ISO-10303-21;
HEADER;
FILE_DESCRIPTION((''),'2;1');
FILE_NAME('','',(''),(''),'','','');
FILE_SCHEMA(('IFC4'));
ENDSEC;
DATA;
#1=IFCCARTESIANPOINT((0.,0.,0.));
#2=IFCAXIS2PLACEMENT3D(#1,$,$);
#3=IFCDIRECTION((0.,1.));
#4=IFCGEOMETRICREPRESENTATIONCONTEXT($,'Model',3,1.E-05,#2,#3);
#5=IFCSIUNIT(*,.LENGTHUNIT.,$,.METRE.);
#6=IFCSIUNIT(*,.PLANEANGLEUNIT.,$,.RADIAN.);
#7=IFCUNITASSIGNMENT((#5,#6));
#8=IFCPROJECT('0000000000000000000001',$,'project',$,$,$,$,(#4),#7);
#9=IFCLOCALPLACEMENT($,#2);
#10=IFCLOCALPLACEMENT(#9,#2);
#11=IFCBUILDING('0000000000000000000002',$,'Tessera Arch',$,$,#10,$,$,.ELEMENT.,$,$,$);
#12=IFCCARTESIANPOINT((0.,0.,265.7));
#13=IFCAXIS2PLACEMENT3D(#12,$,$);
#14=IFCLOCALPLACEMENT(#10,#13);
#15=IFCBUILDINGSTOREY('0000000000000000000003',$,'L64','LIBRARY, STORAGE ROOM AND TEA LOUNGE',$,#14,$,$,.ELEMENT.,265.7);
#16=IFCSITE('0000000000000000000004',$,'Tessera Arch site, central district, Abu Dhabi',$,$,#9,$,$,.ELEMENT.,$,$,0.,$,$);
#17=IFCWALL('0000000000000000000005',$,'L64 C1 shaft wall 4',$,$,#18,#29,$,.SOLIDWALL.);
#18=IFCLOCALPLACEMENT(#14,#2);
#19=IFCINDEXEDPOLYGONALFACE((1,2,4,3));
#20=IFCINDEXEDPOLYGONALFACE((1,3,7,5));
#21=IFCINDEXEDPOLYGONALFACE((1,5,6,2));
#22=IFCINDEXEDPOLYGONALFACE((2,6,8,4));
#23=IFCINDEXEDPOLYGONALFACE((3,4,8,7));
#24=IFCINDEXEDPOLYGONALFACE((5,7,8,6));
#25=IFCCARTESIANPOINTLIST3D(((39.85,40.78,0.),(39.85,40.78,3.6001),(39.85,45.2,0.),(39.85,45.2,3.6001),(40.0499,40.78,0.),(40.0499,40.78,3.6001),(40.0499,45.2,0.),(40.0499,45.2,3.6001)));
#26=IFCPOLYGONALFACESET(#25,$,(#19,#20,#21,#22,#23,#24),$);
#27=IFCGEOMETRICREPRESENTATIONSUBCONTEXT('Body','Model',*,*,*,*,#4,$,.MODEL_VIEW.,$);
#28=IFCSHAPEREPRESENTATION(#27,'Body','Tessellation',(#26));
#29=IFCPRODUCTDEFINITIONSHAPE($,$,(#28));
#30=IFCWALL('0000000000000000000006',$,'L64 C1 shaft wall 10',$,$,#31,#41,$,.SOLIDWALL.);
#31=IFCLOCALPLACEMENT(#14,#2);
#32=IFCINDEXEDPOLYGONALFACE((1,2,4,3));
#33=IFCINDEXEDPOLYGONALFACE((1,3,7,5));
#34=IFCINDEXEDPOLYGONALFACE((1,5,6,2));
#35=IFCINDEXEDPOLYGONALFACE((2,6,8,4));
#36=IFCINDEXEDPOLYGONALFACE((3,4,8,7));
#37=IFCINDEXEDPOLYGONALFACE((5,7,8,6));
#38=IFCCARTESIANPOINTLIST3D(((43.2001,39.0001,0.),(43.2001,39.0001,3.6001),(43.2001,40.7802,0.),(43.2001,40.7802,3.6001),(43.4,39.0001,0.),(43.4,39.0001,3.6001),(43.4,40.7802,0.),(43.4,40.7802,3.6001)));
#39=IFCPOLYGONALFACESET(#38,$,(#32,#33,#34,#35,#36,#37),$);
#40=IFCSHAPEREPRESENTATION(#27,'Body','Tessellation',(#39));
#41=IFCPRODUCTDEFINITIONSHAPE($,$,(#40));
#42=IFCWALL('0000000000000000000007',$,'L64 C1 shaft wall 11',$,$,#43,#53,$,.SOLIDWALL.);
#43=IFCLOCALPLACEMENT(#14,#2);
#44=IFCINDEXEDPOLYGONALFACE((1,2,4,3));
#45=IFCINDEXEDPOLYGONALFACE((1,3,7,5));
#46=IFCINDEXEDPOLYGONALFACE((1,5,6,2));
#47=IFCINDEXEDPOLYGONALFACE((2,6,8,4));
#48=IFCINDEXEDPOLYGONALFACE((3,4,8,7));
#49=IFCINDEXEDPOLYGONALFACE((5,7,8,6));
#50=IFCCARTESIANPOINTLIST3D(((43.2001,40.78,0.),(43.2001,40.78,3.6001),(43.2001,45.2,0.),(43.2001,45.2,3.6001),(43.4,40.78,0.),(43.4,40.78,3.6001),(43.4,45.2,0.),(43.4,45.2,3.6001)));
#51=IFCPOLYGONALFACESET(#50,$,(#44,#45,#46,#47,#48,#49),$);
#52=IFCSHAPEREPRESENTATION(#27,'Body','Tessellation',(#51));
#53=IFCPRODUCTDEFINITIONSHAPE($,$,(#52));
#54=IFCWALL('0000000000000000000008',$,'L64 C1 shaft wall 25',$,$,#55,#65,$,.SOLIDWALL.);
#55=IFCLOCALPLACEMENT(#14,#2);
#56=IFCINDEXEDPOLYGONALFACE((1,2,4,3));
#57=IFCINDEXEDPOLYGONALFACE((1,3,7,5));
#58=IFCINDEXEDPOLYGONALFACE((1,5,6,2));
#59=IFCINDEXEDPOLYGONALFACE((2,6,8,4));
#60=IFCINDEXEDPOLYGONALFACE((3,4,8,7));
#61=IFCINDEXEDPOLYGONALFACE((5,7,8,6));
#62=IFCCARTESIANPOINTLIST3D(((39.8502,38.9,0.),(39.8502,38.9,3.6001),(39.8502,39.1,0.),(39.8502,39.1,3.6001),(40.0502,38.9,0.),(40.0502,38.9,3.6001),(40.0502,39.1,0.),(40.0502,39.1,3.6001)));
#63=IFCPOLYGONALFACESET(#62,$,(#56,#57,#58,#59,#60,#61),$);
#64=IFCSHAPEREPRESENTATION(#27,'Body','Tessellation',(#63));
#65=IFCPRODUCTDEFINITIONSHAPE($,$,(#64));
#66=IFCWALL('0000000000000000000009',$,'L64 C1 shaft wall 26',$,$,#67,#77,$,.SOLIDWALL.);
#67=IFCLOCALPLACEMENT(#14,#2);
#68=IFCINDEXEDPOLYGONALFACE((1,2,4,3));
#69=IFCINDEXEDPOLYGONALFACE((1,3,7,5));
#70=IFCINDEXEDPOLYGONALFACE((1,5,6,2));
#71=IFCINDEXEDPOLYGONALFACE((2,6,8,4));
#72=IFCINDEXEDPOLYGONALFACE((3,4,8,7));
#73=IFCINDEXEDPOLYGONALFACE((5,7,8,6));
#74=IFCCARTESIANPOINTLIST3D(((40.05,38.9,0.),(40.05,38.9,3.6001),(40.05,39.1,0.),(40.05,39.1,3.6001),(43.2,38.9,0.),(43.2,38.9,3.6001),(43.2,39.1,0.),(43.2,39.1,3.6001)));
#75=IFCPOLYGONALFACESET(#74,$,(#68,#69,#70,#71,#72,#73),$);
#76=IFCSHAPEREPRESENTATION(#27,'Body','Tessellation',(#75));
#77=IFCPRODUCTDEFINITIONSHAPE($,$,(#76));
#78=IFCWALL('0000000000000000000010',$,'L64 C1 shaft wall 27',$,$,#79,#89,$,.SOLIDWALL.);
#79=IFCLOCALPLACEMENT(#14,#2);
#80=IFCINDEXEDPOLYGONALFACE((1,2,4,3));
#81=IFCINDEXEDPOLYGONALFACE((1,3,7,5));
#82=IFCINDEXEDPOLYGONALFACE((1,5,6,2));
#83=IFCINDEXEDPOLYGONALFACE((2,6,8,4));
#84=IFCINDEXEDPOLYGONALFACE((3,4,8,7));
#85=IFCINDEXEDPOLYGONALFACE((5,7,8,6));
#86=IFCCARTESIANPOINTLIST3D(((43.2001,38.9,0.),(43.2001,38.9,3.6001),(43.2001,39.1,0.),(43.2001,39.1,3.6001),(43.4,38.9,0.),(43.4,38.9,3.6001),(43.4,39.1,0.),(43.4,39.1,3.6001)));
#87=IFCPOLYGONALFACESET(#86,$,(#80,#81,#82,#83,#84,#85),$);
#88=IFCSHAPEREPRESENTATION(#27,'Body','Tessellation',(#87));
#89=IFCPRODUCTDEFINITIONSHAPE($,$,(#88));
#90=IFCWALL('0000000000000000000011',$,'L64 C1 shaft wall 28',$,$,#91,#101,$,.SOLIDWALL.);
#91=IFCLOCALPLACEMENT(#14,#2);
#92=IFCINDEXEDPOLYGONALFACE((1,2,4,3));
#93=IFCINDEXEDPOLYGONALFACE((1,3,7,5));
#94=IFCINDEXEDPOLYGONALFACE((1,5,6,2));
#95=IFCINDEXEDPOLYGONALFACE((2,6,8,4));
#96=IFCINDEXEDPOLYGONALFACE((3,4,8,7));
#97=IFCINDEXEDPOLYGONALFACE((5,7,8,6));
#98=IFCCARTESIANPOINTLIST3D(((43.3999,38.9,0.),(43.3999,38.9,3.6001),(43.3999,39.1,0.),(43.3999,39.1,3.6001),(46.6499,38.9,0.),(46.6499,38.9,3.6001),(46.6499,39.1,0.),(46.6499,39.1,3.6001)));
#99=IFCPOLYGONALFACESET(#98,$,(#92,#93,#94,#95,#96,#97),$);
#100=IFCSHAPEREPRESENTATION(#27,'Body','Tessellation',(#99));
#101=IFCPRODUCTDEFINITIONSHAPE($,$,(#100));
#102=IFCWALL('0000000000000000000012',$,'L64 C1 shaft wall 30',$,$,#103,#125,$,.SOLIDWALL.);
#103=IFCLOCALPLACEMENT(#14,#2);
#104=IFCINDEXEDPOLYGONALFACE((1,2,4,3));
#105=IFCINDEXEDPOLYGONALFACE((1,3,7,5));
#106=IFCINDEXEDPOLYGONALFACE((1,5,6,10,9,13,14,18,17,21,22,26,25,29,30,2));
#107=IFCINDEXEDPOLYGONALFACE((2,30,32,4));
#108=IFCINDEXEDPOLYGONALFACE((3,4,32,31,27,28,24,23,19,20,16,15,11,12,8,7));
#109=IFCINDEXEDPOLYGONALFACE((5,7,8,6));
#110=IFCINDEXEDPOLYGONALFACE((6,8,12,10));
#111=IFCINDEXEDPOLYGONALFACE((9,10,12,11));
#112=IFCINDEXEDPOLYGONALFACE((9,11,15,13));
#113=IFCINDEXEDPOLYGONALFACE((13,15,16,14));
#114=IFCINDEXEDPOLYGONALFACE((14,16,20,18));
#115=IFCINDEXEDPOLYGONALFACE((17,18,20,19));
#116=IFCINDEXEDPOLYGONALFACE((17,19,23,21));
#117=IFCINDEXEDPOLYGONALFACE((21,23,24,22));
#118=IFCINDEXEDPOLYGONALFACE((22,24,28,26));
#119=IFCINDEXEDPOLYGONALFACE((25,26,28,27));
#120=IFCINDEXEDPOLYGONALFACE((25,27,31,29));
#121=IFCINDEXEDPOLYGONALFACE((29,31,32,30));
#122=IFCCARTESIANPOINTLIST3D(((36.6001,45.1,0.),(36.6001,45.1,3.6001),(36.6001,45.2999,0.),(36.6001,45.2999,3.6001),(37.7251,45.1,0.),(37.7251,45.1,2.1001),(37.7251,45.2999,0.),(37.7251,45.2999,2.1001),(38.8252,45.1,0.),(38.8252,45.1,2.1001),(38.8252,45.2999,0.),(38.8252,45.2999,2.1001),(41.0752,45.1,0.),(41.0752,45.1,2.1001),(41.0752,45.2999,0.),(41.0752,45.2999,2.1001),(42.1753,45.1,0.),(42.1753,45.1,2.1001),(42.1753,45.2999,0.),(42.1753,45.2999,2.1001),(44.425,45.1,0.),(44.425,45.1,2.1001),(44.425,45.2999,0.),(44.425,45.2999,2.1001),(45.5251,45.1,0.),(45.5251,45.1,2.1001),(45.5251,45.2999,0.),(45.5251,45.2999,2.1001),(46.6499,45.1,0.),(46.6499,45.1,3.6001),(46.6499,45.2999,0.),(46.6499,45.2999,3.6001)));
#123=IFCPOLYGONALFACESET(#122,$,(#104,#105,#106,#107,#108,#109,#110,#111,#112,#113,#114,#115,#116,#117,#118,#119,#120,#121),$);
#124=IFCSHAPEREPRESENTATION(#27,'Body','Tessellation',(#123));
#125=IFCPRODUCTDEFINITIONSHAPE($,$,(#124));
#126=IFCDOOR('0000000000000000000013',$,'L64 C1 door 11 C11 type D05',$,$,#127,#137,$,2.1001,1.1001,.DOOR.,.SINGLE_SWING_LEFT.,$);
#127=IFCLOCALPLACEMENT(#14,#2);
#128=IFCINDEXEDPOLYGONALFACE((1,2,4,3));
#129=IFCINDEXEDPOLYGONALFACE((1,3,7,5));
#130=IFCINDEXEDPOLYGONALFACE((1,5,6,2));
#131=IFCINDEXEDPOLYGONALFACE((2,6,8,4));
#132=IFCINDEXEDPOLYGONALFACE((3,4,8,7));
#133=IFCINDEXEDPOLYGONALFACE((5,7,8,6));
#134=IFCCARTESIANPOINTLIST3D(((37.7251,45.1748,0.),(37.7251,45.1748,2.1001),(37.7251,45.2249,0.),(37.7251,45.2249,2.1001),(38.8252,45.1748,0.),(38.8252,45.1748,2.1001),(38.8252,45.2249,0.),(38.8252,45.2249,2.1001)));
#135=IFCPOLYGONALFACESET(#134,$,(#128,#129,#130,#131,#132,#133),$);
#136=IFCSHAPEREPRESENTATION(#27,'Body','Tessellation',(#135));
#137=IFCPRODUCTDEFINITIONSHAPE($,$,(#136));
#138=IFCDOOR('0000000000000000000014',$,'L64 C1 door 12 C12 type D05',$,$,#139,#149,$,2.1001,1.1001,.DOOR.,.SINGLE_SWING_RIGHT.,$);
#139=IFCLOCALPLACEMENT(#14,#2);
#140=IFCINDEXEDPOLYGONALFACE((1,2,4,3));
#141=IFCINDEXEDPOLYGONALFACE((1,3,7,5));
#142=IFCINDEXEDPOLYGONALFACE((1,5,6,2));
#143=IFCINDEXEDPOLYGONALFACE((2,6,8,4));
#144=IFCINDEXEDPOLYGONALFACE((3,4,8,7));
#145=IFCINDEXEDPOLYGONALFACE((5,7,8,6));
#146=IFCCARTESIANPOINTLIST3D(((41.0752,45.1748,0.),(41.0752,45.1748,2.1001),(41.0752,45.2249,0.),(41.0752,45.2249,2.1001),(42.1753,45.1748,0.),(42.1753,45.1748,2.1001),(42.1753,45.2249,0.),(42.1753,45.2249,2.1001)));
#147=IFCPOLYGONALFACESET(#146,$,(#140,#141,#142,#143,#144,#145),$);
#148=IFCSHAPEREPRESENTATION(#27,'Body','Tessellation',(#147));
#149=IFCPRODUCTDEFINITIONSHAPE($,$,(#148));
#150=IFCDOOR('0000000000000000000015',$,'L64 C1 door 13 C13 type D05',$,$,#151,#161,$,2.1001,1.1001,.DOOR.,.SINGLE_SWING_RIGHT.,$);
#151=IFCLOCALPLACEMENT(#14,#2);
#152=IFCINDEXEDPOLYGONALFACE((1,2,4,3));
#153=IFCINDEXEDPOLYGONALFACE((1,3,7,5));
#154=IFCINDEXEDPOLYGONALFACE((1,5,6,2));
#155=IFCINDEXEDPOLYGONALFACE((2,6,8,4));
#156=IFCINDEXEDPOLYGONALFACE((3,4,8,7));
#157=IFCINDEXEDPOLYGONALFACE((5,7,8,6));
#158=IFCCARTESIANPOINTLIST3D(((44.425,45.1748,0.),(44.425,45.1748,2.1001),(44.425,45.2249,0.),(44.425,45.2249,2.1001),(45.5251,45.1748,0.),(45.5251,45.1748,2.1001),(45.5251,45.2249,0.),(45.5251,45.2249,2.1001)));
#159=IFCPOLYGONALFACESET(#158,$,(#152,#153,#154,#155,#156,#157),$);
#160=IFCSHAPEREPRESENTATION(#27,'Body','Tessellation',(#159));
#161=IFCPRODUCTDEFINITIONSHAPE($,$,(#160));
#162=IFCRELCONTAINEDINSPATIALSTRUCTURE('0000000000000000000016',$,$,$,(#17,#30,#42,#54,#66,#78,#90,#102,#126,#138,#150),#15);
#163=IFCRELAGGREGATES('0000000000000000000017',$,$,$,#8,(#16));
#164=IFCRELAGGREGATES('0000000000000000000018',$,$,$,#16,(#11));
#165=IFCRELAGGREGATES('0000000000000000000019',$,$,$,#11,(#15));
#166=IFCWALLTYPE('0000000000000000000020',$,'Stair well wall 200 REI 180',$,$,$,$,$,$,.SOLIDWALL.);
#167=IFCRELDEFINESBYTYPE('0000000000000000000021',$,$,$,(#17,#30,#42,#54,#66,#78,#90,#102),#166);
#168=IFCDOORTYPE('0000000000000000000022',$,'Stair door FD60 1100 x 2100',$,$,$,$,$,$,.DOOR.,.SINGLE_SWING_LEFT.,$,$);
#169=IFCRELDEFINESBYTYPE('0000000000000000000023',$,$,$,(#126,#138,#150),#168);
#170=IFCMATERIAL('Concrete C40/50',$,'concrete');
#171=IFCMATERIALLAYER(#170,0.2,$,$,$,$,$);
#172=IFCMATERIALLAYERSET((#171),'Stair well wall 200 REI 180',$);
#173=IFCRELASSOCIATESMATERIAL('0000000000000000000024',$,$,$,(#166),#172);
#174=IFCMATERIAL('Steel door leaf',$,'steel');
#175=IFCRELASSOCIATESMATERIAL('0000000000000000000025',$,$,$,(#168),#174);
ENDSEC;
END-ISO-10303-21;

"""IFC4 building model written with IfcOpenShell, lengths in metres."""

from ifc_helpers import new_model, si_unit, direction, frame, frame_2d, origin, place, context, subcontext, project, spatial, rectangle, extrude, material, layer, layer_set, type_object, element, fill, save


model = new_model("IFC4")

# Units and contexts
model_context = context("Model", 3, precision=1e-05, world=origin(), true_north=direction((0.0, 1.0)))
body_context = subcontext(model_context, "Body", "Model", "MODEL_VIEW")
ifc_project = project(units=[si_unit("LENGTHUNIT", "METRE"), si_unit("PLANEANGLEUNIT", "RADIAN")], contexts=[model_context])

# Site, building, storey
site_placement = place(None, origin())
site = spatial("IfcSite", under=ifc_project, at=site_placement, Name="Tessera Arch site, central district, Abu Dhabi", CompositionType="ELEMENT", RefElevation=0.0)
building_placement = place(site_placement, origin())
building = spatial("IfcBuilding", under=site, at=building_placement, Name="Tessera Arch", CompositionType="ELEMENT")
storey_placement = place(building_placement, frame((0.0, 0.0, 265.7)))
storey = spatial("IfcBuildingStorey", under=building, at=storey_placement, Name="L64", Description="LIBRARY, STORAGE ROOM AND TEA LOUNGE", CompositionType="ELEMENT", Elevation=265.7)

# Walls
ifc_material_1 = material(Name="Concrete C40/50", Category="concrete")
ifc_layer_1 = layer(ifc_material_1, 0.2)
ifc_layer_set_1 = layer_set([ifc_layer_1], Name="Stair well wall 200 REI 180")
wall_type_1 = type_object("IfcWallType", Name="Stair well wall 200 REI 180", PredefinedType="SOLIDWALL", material=ifc_layer_set_1)
wall_1_placement = place(storey_placement, frame((39.95, 40.78, 0.0), z_axis=(0.0, 0.0, 1.0), x_axis=(0.0, 1.0, 0.0)))
element("IfcWall", 1, at=wall_1_placement, inside=storey, type_object=wall_type_1, Name="L64 C1 shaft wall 4", PredefinedType="SOLIDWALL", context=body_context, shape_type="SweptSolid", body=[
    extrude(rectangle(XDim=4.4199, YDim=0.2, at=frame_2d((2.21, 0.0))), origin(), (0.0, 0.0, 1.0), 3.6001),
])
wall_2_placement = place(storey_placement, frame((43.3, 39.0, 0.0), z_axis=(0.0, 0.0, 1.0), x_axis=(0.0, 1.0, 0.0)))
element("IfcWall", 2, at=wall_2_placement, inside=storey, type_object=wall_type_1, Name="L64 C1 shaft wall 10", PredefinedType="SOLIDWALL", context=body_context, shape_type="SweptSolid", body=[
    extrude(rectangle(XDim=1.78, YDim=0.2, at=frame_2d((0.8901, 0.0))), origin(), (0.0, 0.0, 1.0), 3.6001),
])
wall_3_placement = place(storey_placement, frame((43.3, 40.78, 0.0), z_axis=(0.0, 0.0, 1.0), x_axis=(0.0, 1.0, 0.0)))
element("IfcWall", 3, at=wall_3_placement, inside=storey, type_object=wall_type_1, Name="L64 C1 shaft wall 11", PredefinedType="SOLIDWALL", context=body_context, shape_type="SweptSolid", body=[
    extrude(rectangle(XDim=4.4199, YDim=0.2, at=frame_2d((2.21, 0.0))), origin(), (0.0, 0.0, 1.0), 3.6001),
])
wall_4_placement = place(storey_placement, frame((39.8501, 39.0, 0.0), z_axis=(0.0, 0.0, 1.0), x_axis=(1.0, 0.0, 0.0)))
element("IfcWall", 4, at=wall_4_placement, inside=storey, type_object=wall_type_1, Name="L64 C1 shaft wall 25", PredefinedType="SOLIDWALL", context=body_context, shape_type="SweptSolid", body=[
    extrude(rectangle(XDim=0.2, YDim=0.2, at=frame_2d((0.1001, 0.0))), origin(), (0.0, 0.0, 1.0), 3.6001),
])
wall_5_placement = place(storey_placement, frame((40.05, 39.0, 0.0), z_axis=(0.0, 0.0, 1.0), x_axis=(1.0, 0.0, 0.0)))
element("IfcWall", 5, at=wall_5_placement, inside=storey, type_object=wall_type_1, Name="L64 C1 shaft wall 26", PredefinedType="SOLIDWALL", context=body_context, shape_type="SweptSolid", body=[
    extrude(rectangle(XDim=3.1499, YDim=0.2, at=frame_2d((1.575, 0.0))), origin(), (0.0, 0.0, 1.0), 3.6001),
])
wall_6_placement = place(storey_placement, frame((43.2, 39.0, 0.0), z_axis=(0.0, 0.0, 1.0), x_axis=(1.0, 0.0, 0.0)))
element("IfcWall", 6, at=wall_6_placement, inside=storey, type_object=wall_type_1, Name="L64 C1 shaft wall 27", PredefinedType="SOLIDWALL", context=body_context, shape_type="SweptSolid", body=[
    extrude(rectangle(XDim=0.2, YDim=0.2, at=frame_2d((0.1001, 0.0))), origin(), (0.0, 0.0, 1.0), 3.6001),
])
wall_7_placement = place(storey_placement, frame((43.3999, 39.0, 0.0), z_axis=(0.0, 0.0, 1.0), x_axis=(1.0, 0.0, 0.0)))
element("IfcWall", 7, at=wall_7_placement, inside=storey, type_object=wall_type_1, Name="L64 C1 shaft wall 28", PredefinedType="SOLIDWALL", context=body_context, shape_type="SweptSolid", body=[
    extrude(rectangle(XDim=3.25, YDim=0.2, at=frame_2d((1.625, 0.0))), origin(), (0.0, 0.0, 1.0), 3.6001),
])

# Wall, openings, doors
wall_8_placement = place(storey_placement, frame((36.6001, 45.2, 0.0), z_axis=(0.0, 0.0, 1.0), x_axis=(1.0, 0.0, 0.0)))
wall_8 = element("IfcWall", 8, at=wall_8_placement, inside=storey, type_object=wall_type_1, Name="L64 C1 shaft wall 30", PredefinedType="SOLIDWALL", context=body_context, shape_type="SweptSolid", body=[
    extrude(rectangle(XDim=10.0498, YDim=0.2, at=frame_2d((5.0249, 0.0))), origin(), (0.0, 0.0, 1.0), 3.6001),
])
opening_1_placement = place(wall_8_placement, frame((1.125, 0.0, 0.0)))
opening_1 = element("IfcOpeningElement", 9, at=opening_1_placement, cuts=wall_8, PredefinedType="OPENING", context=body_context, shape_type="SweptSolid", body=[
    extrude(rectangle(XDim=1.1001, YDim=2.1001, at=frame_2d((0.55, 1.05))), frame((0.0, 0.1099, 0.0), z_axis=(0.0, -1.0, 0.0), x_axis=(1.0, 0.0, 0.0)), (0.0, 0.0, 1.0), 0.22),
])
opening_2_placement = place(wall_8_placement, frame((4.4751, 0.0, 0.0)))
opening_2 = element("IfcOpeningElement", 10, at=opening_2_placement, cuts=wall_8, PredefinedType="OPENING", context=body_context, shape_type="SweptSolid", body=[
    extrude(rectangle(XDim=1.1001, YDim=2.1001, at=frame_2d((0.55, 1.05))), frame((0.0, 0.1099, 0.0), z_axis=(0.0, -1.0, 0.0), x_axis=(1.0, 0.0, 0.0)), (0.0, 0.0, 1.0), 0.22),
])
opening_3_placement = place(wall_8_placement, frame((7.825, 0.0, 0.0)))
opening_3 = element("IfcOpeningElement", 11, at=opening_3_placement, cuts=wall_8, PredefinedType="OPENING", context=body_context, shape_type="SweptSolid", body=[
    extrude(rectangle(XDim=1.1001, YDim=2.1001, at=frame_2d((0.55, 1.05))), frame((0.0, 0.1099, 0.0), z_axis=(0.0, -1.0, 0.0), x_axis=(1.0, 0.0, 0.0)), (0.0, 0.0, 1.0), 0.22),
])
ifc_material_2 = material(Name="Steel door leaf", Category="steel")
door_type_1 = type_object("IfcDoorType", Name="Stair door FD60 1100 x 2100", OperationType="SINGLE_SWING_LEFT", PredefinedType="DOOR", material=ifc_material_2)
door_1_placement = place(opening_1_placement, origin())
door_1 = element("IfcDoor", 12, at=door_1_placement, inside=storey, type_object=door_type_1, Name="L64 C1 door 11 C11 type D05", OperationType="SINGLE_SWING_LEFT", OverallHeight=2.1001, OverallWidth=1.1001, PredefinedType="DOOR", context=body_context, shape_type="SweptSolid", body=[
    extrude(rectangle(XDim=1.1001, YDim=2.1001, at=frame_2d((0.55, 1.05))), frame((0.0, 0.0249, 0.0), z_axis=(0.0, -1.0, 0.0), x_axis=(1.0, 0.0, 0.0)), (0.0, 0.0, 1.0), 0.05),
])
fill(opening_1, door_1)
door_2_placement = place(opening_2_placement, origin())
door_2 = element("IfcDoor", 13, at=door_2_placement, inside=storey, type_object=door_type_1, Name="L64 C1 door 12 C12 type D05", OperationType="SINGLE_SWING_RIGHT", OverallHeight=2.1001, OverallWidth=1.1001, PredefinedType="DOOR", context=body_context, shape_type="SweptSolid", body=[
    extrude(rectangle(XDim=1.1001, YDim=2.1001, at=frame_2d((0.55, 1.05))), frame((0.0, 0.0249, 0.0), z_axis=(0.0, -1.0, 0.0), x_axis=(1.0, 0.0, 0.0)), (0.0, 0.0, 1.0), 0.05),
])
fill(opening_2, door_2)
door_3_placement = place(opening_3_placement, origin())
door_3 = element("IfcDoor", 14, at=door_3_placement, inside=storey, type_object=door_type_1, Name="L64 C1 door 13 C13 type D05", OperationType="SINGLE_SWING_RIGHT", OverallHeight=2.1001, OverallWidth=1.1001, PredefinedType="DOOR", context=body_context, shape_type="SweptSolid", body=[
    extrude(rectangle(XDim=1.1001, YDim=2.1001, at=frame_2d((0.55, 1.05))), frame((0.0, 0.0249, 0.0), z_axis=(0.0, -1.0, 0.0), x_axis=(1.0, 0.0, 0.0)), (0.0, 0.0, 1.0), 0.05),
])
fill(opening_3, door_3)

save(model, "model.ifc")
